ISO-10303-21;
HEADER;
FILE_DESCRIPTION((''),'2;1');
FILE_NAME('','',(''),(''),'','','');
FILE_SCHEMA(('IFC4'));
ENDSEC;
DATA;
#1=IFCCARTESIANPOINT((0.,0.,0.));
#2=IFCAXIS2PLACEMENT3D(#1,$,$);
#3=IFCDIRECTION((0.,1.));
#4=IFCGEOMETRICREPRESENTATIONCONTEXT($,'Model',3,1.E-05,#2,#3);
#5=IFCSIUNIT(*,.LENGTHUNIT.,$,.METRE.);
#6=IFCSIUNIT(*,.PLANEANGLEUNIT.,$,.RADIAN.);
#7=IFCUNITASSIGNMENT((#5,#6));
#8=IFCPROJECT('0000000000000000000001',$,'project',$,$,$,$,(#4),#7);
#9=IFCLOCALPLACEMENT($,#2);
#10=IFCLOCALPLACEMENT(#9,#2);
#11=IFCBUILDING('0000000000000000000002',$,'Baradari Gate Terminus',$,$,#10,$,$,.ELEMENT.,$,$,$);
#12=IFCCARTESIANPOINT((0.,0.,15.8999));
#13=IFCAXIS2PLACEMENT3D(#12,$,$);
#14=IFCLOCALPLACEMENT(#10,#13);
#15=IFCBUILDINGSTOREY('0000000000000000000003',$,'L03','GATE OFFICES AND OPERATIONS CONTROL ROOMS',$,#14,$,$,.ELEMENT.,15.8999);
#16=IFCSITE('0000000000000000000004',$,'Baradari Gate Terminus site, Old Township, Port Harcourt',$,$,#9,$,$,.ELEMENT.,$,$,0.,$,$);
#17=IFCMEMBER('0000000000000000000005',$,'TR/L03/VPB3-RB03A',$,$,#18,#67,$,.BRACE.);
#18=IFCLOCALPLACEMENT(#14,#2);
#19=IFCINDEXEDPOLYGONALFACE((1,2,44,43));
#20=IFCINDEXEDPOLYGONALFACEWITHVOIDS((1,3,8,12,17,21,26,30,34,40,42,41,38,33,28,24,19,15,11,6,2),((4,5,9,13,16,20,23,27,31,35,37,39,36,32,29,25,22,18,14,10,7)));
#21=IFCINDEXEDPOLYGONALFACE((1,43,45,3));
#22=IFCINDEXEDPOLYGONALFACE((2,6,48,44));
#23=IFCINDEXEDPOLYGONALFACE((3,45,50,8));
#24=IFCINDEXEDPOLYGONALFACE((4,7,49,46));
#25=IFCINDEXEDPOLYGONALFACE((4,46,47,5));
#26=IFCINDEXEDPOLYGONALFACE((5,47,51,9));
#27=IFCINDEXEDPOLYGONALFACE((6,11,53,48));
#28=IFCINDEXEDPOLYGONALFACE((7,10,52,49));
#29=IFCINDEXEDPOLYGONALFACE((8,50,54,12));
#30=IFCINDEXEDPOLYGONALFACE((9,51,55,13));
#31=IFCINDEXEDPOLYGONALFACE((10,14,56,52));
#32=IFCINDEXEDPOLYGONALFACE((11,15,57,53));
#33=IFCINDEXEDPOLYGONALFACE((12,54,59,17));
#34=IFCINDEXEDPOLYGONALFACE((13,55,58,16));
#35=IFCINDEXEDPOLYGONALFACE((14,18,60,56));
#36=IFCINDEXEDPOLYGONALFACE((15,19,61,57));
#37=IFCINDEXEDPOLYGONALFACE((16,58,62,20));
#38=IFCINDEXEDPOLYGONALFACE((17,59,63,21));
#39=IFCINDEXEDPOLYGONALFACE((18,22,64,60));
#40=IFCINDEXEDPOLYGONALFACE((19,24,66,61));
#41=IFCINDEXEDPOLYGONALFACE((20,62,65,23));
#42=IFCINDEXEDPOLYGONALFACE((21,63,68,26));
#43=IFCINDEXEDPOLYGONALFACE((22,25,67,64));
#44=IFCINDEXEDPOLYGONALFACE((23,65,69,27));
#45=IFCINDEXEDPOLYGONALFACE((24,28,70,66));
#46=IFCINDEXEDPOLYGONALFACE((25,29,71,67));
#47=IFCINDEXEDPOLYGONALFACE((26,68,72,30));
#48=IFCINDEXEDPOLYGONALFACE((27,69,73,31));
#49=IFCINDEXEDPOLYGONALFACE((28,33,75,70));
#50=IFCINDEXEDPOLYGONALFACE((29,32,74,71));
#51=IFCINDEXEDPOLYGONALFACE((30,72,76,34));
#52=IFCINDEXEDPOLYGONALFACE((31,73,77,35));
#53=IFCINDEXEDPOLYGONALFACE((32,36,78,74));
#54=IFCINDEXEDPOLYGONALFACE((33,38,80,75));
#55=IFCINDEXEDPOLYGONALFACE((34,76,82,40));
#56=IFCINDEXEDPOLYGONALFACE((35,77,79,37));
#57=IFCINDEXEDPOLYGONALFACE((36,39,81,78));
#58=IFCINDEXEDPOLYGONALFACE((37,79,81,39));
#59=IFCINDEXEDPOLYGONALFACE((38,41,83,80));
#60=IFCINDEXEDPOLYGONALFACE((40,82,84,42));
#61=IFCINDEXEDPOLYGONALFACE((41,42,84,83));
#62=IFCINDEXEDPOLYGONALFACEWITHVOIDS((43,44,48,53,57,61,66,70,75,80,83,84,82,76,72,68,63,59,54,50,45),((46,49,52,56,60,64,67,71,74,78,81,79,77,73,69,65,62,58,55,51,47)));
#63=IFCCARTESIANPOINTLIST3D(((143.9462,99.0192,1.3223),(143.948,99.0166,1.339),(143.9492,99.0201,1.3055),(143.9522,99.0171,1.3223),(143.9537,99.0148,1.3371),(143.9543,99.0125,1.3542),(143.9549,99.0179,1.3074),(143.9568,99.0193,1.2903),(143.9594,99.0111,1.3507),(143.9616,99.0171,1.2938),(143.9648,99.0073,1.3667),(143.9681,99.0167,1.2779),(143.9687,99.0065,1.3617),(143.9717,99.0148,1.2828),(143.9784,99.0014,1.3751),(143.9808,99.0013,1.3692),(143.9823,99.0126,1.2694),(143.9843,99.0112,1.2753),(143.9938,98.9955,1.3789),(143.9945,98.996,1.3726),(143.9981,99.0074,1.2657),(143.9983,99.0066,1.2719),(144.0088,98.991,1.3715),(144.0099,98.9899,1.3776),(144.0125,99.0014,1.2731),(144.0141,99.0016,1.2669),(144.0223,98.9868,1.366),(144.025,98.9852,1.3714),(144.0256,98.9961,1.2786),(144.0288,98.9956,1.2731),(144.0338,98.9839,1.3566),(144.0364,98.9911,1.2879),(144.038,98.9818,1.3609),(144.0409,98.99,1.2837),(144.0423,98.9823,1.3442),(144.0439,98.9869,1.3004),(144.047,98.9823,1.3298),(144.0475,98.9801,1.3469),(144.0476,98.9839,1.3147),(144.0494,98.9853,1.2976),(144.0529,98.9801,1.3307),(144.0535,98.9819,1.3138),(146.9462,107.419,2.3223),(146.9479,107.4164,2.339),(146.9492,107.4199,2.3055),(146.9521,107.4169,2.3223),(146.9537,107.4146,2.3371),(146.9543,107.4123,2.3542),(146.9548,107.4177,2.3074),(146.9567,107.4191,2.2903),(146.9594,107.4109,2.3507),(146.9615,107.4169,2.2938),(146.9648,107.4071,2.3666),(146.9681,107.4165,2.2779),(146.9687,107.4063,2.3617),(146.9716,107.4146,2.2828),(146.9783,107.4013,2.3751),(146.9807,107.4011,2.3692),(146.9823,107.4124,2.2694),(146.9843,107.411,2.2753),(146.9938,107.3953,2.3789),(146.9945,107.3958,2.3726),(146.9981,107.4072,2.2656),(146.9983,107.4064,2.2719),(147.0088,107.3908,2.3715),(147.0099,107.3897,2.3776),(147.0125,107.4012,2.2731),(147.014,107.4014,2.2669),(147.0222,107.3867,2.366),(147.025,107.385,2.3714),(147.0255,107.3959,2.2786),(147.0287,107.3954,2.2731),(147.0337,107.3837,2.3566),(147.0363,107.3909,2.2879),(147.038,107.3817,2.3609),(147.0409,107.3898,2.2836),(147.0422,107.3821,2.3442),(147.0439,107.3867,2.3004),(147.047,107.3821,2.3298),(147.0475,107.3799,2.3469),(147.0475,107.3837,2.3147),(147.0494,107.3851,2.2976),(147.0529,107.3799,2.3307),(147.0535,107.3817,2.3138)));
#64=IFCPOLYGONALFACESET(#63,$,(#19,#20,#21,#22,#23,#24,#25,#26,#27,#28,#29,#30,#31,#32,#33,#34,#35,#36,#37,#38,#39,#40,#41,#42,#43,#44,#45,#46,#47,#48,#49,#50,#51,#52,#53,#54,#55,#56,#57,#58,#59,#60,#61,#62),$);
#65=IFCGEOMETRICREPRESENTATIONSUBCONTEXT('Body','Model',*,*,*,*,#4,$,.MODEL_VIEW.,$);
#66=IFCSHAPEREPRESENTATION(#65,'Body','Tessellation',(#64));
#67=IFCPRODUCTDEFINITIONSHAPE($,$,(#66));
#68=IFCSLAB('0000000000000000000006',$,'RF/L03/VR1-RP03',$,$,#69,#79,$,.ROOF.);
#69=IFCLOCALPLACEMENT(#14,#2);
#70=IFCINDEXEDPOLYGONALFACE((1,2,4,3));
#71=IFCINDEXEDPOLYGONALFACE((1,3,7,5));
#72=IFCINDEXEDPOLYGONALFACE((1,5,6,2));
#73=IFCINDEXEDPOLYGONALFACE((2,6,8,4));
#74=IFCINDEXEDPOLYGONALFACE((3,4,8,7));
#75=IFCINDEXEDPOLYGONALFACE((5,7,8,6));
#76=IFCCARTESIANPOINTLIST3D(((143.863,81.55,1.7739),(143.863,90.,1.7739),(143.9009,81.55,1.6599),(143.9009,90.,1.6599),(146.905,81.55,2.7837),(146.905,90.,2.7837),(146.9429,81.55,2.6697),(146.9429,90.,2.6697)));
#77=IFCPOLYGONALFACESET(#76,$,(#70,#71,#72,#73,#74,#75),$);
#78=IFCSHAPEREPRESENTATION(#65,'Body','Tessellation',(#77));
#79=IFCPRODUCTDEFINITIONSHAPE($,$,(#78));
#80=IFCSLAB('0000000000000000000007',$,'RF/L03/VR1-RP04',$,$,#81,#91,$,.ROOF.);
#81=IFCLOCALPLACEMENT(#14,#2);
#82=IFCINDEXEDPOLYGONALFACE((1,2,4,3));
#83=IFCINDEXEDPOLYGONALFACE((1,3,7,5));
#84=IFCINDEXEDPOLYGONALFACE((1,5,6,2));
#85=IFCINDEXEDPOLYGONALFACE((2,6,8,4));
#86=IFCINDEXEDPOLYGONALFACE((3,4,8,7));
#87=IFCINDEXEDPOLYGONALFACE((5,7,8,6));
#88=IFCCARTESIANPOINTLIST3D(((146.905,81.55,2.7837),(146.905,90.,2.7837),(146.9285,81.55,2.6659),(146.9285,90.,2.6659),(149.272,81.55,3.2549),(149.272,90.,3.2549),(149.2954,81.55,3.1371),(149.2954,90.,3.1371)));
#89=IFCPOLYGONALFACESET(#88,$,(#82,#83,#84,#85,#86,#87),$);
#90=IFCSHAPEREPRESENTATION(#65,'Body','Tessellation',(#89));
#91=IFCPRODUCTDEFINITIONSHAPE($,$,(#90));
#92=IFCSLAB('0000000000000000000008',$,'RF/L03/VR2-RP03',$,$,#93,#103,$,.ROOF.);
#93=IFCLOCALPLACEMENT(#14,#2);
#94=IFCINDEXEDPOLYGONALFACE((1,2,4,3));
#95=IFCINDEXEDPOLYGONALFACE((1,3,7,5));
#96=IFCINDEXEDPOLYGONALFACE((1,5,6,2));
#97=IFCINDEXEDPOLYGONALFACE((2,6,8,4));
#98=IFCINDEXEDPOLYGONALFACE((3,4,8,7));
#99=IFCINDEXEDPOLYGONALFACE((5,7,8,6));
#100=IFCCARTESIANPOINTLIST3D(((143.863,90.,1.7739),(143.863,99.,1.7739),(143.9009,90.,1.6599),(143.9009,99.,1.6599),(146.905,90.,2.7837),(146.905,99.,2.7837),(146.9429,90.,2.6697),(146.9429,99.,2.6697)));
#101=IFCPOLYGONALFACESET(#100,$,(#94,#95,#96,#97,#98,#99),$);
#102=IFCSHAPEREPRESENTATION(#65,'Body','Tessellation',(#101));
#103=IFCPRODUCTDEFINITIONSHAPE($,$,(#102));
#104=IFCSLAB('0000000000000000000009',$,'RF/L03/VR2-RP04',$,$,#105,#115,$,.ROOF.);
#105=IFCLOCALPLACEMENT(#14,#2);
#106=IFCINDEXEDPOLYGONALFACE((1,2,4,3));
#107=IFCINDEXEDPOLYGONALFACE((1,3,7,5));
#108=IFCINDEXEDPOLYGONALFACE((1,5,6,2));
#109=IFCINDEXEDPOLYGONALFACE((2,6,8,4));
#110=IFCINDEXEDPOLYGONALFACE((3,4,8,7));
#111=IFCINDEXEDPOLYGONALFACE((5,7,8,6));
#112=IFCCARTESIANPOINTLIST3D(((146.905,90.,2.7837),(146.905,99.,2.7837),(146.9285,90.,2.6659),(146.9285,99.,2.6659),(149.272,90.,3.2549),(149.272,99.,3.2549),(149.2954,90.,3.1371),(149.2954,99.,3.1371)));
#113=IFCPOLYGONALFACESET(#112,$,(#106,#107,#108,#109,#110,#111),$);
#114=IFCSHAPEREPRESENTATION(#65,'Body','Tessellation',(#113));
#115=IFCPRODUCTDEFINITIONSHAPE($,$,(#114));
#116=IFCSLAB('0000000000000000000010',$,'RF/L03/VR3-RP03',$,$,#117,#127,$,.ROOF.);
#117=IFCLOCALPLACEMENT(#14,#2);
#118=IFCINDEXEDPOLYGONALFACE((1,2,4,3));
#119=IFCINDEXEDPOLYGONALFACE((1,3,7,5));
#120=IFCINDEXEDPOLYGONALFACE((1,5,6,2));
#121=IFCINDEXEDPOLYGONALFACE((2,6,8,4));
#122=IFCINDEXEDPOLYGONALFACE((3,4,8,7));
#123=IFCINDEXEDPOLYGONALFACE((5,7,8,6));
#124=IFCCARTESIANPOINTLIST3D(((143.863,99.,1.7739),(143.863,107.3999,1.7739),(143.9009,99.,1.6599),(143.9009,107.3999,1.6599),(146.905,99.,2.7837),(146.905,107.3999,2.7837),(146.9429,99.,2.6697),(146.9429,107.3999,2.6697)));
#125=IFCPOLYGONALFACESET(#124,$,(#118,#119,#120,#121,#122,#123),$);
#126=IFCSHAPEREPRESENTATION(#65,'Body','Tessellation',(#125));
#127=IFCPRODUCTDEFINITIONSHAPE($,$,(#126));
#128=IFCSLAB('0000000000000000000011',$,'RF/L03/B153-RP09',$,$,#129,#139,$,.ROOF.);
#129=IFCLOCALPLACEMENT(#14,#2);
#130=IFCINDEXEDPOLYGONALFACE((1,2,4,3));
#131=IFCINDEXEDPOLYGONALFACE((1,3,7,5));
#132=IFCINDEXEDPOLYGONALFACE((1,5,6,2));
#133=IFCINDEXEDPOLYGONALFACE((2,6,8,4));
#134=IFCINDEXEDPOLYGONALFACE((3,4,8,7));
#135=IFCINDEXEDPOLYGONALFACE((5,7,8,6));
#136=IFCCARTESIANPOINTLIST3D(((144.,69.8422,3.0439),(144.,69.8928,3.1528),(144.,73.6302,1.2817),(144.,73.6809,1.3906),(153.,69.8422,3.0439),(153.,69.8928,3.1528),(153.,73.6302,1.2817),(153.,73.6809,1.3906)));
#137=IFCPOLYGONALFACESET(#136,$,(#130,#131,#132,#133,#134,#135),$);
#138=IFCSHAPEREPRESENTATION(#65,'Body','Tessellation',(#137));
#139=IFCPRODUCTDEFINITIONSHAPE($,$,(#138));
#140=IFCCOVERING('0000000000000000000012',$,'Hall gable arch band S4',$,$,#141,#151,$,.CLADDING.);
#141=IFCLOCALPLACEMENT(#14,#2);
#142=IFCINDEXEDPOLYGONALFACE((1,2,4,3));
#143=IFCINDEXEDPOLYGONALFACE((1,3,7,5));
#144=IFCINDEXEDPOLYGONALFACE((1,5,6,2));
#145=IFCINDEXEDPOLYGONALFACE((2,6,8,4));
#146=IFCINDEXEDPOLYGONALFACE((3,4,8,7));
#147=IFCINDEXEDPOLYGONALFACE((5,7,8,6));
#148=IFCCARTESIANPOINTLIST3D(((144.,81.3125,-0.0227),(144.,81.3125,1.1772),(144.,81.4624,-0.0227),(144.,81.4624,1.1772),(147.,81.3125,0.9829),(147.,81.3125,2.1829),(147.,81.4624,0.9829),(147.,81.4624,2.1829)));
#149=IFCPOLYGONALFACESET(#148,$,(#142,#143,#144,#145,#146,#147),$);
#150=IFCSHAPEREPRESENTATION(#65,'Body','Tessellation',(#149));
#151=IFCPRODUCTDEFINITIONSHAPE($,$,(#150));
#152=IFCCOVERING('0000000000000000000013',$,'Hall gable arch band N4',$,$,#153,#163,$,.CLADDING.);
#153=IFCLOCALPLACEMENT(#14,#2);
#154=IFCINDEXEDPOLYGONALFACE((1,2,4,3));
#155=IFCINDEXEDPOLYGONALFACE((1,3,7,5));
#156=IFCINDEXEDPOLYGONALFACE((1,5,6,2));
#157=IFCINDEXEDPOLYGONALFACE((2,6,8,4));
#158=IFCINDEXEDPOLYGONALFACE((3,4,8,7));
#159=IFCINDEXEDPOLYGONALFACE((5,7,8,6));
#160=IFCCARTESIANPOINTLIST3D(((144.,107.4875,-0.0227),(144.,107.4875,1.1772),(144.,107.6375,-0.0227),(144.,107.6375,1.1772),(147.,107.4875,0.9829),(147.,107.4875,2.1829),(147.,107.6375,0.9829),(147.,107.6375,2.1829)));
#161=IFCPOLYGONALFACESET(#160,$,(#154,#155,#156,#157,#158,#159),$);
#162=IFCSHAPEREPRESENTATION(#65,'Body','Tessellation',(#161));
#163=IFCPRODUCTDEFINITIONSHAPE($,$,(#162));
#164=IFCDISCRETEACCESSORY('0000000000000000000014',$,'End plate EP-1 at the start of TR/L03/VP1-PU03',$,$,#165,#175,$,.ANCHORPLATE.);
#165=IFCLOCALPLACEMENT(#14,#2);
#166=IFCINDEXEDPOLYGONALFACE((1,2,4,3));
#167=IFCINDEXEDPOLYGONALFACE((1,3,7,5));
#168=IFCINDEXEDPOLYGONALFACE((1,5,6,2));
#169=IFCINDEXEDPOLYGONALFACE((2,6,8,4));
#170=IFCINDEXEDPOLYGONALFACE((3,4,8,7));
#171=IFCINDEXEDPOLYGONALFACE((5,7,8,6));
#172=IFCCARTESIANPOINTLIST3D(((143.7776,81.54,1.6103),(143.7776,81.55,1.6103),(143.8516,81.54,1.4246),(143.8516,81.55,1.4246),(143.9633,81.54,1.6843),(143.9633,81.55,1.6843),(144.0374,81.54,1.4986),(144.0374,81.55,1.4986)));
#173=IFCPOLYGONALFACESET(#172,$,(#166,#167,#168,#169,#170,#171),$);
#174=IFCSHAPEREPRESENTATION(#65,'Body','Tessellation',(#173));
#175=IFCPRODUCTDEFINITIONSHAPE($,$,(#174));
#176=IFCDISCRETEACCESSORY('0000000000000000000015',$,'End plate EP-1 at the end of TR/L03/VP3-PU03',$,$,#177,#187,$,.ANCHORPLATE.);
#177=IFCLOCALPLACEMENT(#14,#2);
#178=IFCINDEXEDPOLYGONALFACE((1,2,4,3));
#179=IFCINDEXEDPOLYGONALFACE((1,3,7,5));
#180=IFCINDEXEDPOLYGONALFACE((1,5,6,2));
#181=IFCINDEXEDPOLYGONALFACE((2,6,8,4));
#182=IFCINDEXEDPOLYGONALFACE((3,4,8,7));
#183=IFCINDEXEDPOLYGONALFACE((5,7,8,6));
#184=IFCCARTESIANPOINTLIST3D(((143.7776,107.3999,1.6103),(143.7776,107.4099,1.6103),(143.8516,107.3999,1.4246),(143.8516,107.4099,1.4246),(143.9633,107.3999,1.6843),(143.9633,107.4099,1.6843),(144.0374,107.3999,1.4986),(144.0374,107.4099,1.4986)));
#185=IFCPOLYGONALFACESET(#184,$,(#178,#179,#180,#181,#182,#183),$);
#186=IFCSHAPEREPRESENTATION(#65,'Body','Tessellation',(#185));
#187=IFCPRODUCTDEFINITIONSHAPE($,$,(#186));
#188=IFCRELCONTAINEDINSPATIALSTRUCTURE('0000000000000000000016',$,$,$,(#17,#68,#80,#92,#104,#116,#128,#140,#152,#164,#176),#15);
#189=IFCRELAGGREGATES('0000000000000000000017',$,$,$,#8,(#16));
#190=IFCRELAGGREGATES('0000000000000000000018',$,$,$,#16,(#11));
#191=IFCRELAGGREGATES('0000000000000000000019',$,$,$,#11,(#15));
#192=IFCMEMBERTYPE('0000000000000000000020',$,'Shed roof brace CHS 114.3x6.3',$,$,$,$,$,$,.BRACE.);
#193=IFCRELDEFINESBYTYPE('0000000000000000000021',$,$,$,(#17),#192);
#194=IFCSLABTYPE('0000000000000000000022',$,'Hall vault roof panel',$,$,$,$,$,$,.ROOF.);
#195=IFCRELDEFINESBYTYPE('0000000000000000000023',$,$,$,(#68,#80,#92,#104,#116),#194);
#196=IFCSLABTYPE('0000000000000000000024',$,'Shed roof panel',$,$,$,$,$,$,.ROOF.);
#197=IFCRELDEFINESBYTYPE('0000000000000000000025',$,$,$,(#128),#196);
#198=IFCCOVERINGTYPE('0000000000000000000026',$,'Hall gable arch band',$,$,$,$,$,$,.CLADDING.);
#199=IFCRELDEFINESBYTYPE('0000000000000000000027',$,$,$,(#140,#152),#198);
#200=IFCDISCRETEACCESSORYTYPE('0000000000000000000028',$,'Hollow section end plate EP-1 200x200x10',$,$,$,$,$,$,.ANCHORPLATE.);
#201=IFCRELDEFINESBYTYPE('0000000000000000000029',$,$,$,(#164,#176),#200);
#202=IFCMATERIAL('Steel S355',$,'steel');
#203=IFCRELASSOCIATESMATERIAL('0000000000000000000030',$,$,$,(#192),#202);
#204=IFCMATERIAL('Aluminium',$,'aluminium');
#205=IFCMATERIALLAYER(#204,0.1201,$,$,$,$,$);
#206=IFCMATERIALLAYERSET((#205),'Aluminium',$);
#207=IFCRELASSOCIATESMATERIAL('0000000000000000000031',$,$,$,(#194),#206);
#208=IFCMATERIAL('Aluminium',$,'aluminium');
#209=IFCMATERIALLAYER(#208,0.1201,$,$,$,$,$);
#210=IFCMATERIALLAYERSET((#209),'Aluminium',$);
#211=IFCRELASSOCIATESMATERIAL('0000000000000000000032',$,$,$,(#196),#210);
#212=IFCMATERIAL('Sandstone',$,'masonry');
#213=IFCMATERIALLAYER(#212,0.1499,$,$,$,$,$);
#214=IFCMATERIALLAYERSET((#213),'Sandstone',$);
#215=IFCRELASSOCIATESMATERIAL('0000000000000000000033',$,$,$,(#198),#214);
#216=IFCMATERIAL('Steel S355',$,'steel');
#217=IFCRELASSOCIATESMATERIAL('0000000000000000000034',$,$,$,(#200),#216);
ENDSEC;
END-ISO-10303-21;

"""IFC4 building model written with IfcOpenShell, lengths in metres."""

from ifc_helpers import new_model, si_unit, direction, frame, origin, origin_2d, place, context, subcontext, project, spatial, polyline, rectangle, hollow_circle, outline, extrude, material, layer, layer_set, material_profile, profile_set, type_object, element, save


model = new_model("IFC4")

# Units and contexts
model_context = context("Model", 3, precision=1e-05, world=origin(), true_north=direction((0.0, 1.0)))
body_context = subcontext(model_context, "Body", "Model", "MODEL_VIEW")
ifc_project = project(units=[si_unit("LENGTHUNIT", "METRE"), si_unit("PLANEANGLEUNIT", "RADIAN")], contexts=[model_context])

# Site, building, storey
site_placement = place(None, origin())
site = spatial("IfcSite", under=ifc_project, at=site_placement, Name="Baradari Gate Terminus site, Old Township, Port Harcourt", CompositionType="ELEMENT", RefElevation=0.0)
building_placement = place(site_placement, origin())
building = spatial("IfcBuilding", under=site, at=building_placement, Name="Baradari Gate Terminus", CompositionType="ELEMENT")
storey_placement = place(building_placement, frame((0.0, 0.0, 15.8999)))
storey = spatial("IfcBuildingStorey", under=building, at=storey_placement, Name="L03", Description="GATE OFFICES AND OPERATIONS CONTROL ROOMS", CompositionType="ELEMENT", Elevation=15.8999)

# Member
ifc_material_1 = material(Name="Steel S355", Category="steel")
ifc_material_profile_1 = material_profile(ifc_material_1, hollow_circle(Radius=0.0571, WallThickness=0.0063, at=origin_2d()), Name="CHS 114.3x6.3")
ifc_profile_set_1 = profile_set([ifc_material_profile_1], Name="Steel S355")
member_type_1 = type_object("IfcMemberType", Name="Shed roof brace CHS 114.3x6.3", PredefinedType="BRACE", material=ifc_profile_set_1)
member_1_placement = place(storey_placement, frame((144.0, 99.0, 1.3223), z_axis=(0.334246, 0.935877, 0.111415), x_axis=(-0.941741, 0.33634, 0.0)))
element("IfcMember", 1, at=member_1_placement, inside=storey, type_object=member_type_1, Name="TR/L03/VPB3-RB03A", PredefinedType="BRACE", context=body_context, shape_type="SweptSolid", body=[
    extrude(hollow_circle(Radius=0.0571, WallThickness=0.0063, at=origin_2d()), origin(), (0.0, 0.0, 1.0), 8.9753),
])

# Slabs
ifc_material_2 = material(Name="Aluminium", Category="aluminium")
ifc_layer_1 = layer(ifc_material_2, 0.1201)
ifc_layer_set_1 = layer_set([ifc_layer_1], Name="Aluminium")
slab_type_1 = type_object("IfcSlabType", Name="Hall vault roof panel", PredefinedType="ROOF", material=ifc_layer_set_1)
slab_1_placement = place(storey_placement, frame((143.863, 81.55, 1.7739), z_axis=(-0.315039, 0.0, 0.949079), x_axis=(0.0, 1.0, 0.0)))
element("IfcSlab", 2, at=slab_1_placement, inside=storey, type_object=slab_type_1, Name="RF/L03/VR1-RP03", PredefinedType="ROOF", context=body_context, shape_type="SweptSolid", body=[
    extrude(outline(polyline([(0.0, 0.0), (8.45, 0.0), (8.45, -3.2052), (0.0, -3.2052), (0.0, 0.0)])), origin(), (0.0, 0.0, -1.0), 0.1201),
])
slab_2_placement = place(storey_placement, frame((146.905, 81.55, 2.7837), z_axis=(-0.195241, 0.0, 0.980755), x_axis=(0.0, 1.0, 0.0)))
element("IfcSlab", 3, at=slab_2_placement, inside=storey, type_object=slab_type_1, Name="RF/L03/VR1-RP04", PredefinedType="ROOF", context=body_context, shape_type="SweptSolid", body=[
    extrude(outline(polyline([(0.0, 0.0), (8.45, 0.0), (8.45, -2.4134), (0.0, -2.4134), (0.0, 0.0)])), origin(), (0.0, 0.0, -1.0), 0.1201),
])
slab_3_placement = place(storey_placement, frame((143.863, 90.0, 1.7739), z_axis=(-0.315039, 0.0, 0.949079), x_axis=(0.0, 1.0, 0.0)))
element("IfcSlab", 4, at=slab_3_placement, inside=storey, type_object=slab_type_1, Name="RF/L03/VR2-RP03", PredefinedType="ROOF", context=body_context, shape_type="SweptSolid", body=[
    extrude(outline(polyline([(0.0, 0.0), (9.0, 0.0), (9.0, -3.2052), (0.0, -3.2052), (0.0, 0.0)])), origin(), (0.0, 0.0, -1.0), 0.1201),
])
slab_4_placement = place(storey_placement, frame((146.905, 90.0, 2.7837), z_axis=(-0.195241, 0.0, 0.980755), x_axis=(0.0, 1.0, 0.0)))
element("IfcSlab", 5, at=slab_4_placement, inside=storey, type_object=slab_type_1, Name="RF/L03/VR2-RP04", PredefinedType="ROOF", context=body_context, shape_type="SweptSolid", body=[
    extrude(outline(polyline([(0.0, 0.0), (9.0, 0.0), (9.0, -2.4134), (0.0, -2.4134), (0.0, 0.0)])), origin(), (0.0, 0.0, -1.0), 0.1201),
])
slab_5_placement = place(storey_placement, frame((143.863, 99.0, 1.7739), z_axis=(-0.315039, 0.0, 0.949079), x_axis=(0.0, 1.0, 0.0)))
element("IfcSlab", 6, at=slab_5_placement, inside=storey, type_object=slab_type_1, Name="RF/L03/VR3-RP03", PredefinedType="ROOF", context=body_context, shape_type="SweptSolid", body=[
    extrude(outline(polyline([(0.0, 0.0), (8.3999, 0.0), (8.3999, -3.2052), (0.0, -3.2052), (0.0, 0.0)])), origin(), (0.0, 0.0, -1.0), 0.1201),
])
ifc_material_3 = material(Name="Aluminium", Category="aluminium")
ifc_layer_2 = layer(ifc_material_3, 0.1201)
ifc_layer_set_2 = layer_set([ifc_layer_2], Name="Aluminium")
slab_type_2 = type_object("IfcSlabType", Name="Shed roof panel", PredefinedType="ROOF", material=ifc_layer_set_2)
slab_6_placement = place(storey_placement, frame((144.0, 69.8928, 3.1528), z_axis=(0.0, 0.421791, 0.906693), x_axis=(1.0, 0.0, 0.0)))
element("IfcSlab", 7, at=slab_6_placement, inside=storey, type_object=slab_type_2, Name="RF/L03/B153-RP09", PredefinedType="ROOF", context=body_context, shape_type="SweptSolid", body=[
    extrude(outline(polyline([(0.0, 0.0), (9.0, 0.0), (9.0, 4.1779), (0.0, 4.1779), (0.0, 0.0)])), origin(), (0.0, 0.0, -1.0), 0.1201),
])

# Coverings
ifc_material_4 = material(Name="Sandstone", Category="masonry")
ifc_layer_3 = layer(ifc_material_4, 0.1499)
ifc_layer_set_3 = layer_set([ifc_layer_3], Name="Sandstone")
covering_type = type_object("IfcCoveringType", Name="Hall gable arch band", PredefinedType="CLADDING", material=ifc_layer_set_3)
for number, where, z_axis, x_axis, name in (
    (8, (144.0, 81.3875, -0.0227), (0.0, 0.0, 1.0), (1.0, 0.0, 0.0), "Hall gable arch band S4"),
    (9, (144.0, 107.5625, -0.0227), (0.0, 0.0, 1.0), (1.0, 0.0, 0.0), "Hall gable arch band N4"),
):
    element("IfcCovering", number, at=place(storey_placement, frame(where, z_axis=z_axis, x_axis=x_axis)), inside=storey, type_object=covering_type, Name=name, PredefinedType="CLADDING", context=body_context, shape_type="SweptSolid", body=[
        extrude(outline(polyline([(0.0, 1.2), (0.0, 0.0), (3.0, 1.0056), (3.0, 2.2056), (0.0, 1.2)])), frame((0.0, 0.075, 0.0), z_axis=(0.0, -1.0, 0.0), x_axis=(1.0, 0.0, 0.0)), (0.0, 0.0, 1.0), 0.1499),
    ])

# Discrete accessories
ifc_material_5 = material(Name="Steel S355", Category="steel")
discrete_accessory_type = type_object("IfcDiscreteAccessoryType", Name="Hollow section end plate EP-1 200x200x10", PredefinedType="ANCHORPLATE", material=ifc_material_5)
for number, where, z_axis, x_axis, name in (
    (10, (143.9075, 81.54, 1.5544), (0.0, 1.0, 0.0), (-0.928965, 0.0, -0.370167), "End plate EP-1 at the start of TR/L03/VP1-PU03"),
    (11, (143.9075, 107.3999, 1.5544), (0.0, 1.0, 0.0), (-0.928965, 0.0, -0.370167), "End plate EP-1 at the end of TR/L03/VP3-PU03"),
):
    element("IfcDiscreteAccessory", number, at=place(storey_placement, frame(where, z_axis=z_axis, x_axis=x_axis)), inside=storey, type_object=discrete_accessory_type, Name=name, PredefinedType="ANCHORPLATE", context=body_context, shape_type="SweptSolid", body=[
        extrude(rectangle(XDim=0.2, YDim=0.2, at=origin_2d()), origin(), (0.0, 0.0, 1.0), 0.01),
    ])

save(model, "model.ifc")
